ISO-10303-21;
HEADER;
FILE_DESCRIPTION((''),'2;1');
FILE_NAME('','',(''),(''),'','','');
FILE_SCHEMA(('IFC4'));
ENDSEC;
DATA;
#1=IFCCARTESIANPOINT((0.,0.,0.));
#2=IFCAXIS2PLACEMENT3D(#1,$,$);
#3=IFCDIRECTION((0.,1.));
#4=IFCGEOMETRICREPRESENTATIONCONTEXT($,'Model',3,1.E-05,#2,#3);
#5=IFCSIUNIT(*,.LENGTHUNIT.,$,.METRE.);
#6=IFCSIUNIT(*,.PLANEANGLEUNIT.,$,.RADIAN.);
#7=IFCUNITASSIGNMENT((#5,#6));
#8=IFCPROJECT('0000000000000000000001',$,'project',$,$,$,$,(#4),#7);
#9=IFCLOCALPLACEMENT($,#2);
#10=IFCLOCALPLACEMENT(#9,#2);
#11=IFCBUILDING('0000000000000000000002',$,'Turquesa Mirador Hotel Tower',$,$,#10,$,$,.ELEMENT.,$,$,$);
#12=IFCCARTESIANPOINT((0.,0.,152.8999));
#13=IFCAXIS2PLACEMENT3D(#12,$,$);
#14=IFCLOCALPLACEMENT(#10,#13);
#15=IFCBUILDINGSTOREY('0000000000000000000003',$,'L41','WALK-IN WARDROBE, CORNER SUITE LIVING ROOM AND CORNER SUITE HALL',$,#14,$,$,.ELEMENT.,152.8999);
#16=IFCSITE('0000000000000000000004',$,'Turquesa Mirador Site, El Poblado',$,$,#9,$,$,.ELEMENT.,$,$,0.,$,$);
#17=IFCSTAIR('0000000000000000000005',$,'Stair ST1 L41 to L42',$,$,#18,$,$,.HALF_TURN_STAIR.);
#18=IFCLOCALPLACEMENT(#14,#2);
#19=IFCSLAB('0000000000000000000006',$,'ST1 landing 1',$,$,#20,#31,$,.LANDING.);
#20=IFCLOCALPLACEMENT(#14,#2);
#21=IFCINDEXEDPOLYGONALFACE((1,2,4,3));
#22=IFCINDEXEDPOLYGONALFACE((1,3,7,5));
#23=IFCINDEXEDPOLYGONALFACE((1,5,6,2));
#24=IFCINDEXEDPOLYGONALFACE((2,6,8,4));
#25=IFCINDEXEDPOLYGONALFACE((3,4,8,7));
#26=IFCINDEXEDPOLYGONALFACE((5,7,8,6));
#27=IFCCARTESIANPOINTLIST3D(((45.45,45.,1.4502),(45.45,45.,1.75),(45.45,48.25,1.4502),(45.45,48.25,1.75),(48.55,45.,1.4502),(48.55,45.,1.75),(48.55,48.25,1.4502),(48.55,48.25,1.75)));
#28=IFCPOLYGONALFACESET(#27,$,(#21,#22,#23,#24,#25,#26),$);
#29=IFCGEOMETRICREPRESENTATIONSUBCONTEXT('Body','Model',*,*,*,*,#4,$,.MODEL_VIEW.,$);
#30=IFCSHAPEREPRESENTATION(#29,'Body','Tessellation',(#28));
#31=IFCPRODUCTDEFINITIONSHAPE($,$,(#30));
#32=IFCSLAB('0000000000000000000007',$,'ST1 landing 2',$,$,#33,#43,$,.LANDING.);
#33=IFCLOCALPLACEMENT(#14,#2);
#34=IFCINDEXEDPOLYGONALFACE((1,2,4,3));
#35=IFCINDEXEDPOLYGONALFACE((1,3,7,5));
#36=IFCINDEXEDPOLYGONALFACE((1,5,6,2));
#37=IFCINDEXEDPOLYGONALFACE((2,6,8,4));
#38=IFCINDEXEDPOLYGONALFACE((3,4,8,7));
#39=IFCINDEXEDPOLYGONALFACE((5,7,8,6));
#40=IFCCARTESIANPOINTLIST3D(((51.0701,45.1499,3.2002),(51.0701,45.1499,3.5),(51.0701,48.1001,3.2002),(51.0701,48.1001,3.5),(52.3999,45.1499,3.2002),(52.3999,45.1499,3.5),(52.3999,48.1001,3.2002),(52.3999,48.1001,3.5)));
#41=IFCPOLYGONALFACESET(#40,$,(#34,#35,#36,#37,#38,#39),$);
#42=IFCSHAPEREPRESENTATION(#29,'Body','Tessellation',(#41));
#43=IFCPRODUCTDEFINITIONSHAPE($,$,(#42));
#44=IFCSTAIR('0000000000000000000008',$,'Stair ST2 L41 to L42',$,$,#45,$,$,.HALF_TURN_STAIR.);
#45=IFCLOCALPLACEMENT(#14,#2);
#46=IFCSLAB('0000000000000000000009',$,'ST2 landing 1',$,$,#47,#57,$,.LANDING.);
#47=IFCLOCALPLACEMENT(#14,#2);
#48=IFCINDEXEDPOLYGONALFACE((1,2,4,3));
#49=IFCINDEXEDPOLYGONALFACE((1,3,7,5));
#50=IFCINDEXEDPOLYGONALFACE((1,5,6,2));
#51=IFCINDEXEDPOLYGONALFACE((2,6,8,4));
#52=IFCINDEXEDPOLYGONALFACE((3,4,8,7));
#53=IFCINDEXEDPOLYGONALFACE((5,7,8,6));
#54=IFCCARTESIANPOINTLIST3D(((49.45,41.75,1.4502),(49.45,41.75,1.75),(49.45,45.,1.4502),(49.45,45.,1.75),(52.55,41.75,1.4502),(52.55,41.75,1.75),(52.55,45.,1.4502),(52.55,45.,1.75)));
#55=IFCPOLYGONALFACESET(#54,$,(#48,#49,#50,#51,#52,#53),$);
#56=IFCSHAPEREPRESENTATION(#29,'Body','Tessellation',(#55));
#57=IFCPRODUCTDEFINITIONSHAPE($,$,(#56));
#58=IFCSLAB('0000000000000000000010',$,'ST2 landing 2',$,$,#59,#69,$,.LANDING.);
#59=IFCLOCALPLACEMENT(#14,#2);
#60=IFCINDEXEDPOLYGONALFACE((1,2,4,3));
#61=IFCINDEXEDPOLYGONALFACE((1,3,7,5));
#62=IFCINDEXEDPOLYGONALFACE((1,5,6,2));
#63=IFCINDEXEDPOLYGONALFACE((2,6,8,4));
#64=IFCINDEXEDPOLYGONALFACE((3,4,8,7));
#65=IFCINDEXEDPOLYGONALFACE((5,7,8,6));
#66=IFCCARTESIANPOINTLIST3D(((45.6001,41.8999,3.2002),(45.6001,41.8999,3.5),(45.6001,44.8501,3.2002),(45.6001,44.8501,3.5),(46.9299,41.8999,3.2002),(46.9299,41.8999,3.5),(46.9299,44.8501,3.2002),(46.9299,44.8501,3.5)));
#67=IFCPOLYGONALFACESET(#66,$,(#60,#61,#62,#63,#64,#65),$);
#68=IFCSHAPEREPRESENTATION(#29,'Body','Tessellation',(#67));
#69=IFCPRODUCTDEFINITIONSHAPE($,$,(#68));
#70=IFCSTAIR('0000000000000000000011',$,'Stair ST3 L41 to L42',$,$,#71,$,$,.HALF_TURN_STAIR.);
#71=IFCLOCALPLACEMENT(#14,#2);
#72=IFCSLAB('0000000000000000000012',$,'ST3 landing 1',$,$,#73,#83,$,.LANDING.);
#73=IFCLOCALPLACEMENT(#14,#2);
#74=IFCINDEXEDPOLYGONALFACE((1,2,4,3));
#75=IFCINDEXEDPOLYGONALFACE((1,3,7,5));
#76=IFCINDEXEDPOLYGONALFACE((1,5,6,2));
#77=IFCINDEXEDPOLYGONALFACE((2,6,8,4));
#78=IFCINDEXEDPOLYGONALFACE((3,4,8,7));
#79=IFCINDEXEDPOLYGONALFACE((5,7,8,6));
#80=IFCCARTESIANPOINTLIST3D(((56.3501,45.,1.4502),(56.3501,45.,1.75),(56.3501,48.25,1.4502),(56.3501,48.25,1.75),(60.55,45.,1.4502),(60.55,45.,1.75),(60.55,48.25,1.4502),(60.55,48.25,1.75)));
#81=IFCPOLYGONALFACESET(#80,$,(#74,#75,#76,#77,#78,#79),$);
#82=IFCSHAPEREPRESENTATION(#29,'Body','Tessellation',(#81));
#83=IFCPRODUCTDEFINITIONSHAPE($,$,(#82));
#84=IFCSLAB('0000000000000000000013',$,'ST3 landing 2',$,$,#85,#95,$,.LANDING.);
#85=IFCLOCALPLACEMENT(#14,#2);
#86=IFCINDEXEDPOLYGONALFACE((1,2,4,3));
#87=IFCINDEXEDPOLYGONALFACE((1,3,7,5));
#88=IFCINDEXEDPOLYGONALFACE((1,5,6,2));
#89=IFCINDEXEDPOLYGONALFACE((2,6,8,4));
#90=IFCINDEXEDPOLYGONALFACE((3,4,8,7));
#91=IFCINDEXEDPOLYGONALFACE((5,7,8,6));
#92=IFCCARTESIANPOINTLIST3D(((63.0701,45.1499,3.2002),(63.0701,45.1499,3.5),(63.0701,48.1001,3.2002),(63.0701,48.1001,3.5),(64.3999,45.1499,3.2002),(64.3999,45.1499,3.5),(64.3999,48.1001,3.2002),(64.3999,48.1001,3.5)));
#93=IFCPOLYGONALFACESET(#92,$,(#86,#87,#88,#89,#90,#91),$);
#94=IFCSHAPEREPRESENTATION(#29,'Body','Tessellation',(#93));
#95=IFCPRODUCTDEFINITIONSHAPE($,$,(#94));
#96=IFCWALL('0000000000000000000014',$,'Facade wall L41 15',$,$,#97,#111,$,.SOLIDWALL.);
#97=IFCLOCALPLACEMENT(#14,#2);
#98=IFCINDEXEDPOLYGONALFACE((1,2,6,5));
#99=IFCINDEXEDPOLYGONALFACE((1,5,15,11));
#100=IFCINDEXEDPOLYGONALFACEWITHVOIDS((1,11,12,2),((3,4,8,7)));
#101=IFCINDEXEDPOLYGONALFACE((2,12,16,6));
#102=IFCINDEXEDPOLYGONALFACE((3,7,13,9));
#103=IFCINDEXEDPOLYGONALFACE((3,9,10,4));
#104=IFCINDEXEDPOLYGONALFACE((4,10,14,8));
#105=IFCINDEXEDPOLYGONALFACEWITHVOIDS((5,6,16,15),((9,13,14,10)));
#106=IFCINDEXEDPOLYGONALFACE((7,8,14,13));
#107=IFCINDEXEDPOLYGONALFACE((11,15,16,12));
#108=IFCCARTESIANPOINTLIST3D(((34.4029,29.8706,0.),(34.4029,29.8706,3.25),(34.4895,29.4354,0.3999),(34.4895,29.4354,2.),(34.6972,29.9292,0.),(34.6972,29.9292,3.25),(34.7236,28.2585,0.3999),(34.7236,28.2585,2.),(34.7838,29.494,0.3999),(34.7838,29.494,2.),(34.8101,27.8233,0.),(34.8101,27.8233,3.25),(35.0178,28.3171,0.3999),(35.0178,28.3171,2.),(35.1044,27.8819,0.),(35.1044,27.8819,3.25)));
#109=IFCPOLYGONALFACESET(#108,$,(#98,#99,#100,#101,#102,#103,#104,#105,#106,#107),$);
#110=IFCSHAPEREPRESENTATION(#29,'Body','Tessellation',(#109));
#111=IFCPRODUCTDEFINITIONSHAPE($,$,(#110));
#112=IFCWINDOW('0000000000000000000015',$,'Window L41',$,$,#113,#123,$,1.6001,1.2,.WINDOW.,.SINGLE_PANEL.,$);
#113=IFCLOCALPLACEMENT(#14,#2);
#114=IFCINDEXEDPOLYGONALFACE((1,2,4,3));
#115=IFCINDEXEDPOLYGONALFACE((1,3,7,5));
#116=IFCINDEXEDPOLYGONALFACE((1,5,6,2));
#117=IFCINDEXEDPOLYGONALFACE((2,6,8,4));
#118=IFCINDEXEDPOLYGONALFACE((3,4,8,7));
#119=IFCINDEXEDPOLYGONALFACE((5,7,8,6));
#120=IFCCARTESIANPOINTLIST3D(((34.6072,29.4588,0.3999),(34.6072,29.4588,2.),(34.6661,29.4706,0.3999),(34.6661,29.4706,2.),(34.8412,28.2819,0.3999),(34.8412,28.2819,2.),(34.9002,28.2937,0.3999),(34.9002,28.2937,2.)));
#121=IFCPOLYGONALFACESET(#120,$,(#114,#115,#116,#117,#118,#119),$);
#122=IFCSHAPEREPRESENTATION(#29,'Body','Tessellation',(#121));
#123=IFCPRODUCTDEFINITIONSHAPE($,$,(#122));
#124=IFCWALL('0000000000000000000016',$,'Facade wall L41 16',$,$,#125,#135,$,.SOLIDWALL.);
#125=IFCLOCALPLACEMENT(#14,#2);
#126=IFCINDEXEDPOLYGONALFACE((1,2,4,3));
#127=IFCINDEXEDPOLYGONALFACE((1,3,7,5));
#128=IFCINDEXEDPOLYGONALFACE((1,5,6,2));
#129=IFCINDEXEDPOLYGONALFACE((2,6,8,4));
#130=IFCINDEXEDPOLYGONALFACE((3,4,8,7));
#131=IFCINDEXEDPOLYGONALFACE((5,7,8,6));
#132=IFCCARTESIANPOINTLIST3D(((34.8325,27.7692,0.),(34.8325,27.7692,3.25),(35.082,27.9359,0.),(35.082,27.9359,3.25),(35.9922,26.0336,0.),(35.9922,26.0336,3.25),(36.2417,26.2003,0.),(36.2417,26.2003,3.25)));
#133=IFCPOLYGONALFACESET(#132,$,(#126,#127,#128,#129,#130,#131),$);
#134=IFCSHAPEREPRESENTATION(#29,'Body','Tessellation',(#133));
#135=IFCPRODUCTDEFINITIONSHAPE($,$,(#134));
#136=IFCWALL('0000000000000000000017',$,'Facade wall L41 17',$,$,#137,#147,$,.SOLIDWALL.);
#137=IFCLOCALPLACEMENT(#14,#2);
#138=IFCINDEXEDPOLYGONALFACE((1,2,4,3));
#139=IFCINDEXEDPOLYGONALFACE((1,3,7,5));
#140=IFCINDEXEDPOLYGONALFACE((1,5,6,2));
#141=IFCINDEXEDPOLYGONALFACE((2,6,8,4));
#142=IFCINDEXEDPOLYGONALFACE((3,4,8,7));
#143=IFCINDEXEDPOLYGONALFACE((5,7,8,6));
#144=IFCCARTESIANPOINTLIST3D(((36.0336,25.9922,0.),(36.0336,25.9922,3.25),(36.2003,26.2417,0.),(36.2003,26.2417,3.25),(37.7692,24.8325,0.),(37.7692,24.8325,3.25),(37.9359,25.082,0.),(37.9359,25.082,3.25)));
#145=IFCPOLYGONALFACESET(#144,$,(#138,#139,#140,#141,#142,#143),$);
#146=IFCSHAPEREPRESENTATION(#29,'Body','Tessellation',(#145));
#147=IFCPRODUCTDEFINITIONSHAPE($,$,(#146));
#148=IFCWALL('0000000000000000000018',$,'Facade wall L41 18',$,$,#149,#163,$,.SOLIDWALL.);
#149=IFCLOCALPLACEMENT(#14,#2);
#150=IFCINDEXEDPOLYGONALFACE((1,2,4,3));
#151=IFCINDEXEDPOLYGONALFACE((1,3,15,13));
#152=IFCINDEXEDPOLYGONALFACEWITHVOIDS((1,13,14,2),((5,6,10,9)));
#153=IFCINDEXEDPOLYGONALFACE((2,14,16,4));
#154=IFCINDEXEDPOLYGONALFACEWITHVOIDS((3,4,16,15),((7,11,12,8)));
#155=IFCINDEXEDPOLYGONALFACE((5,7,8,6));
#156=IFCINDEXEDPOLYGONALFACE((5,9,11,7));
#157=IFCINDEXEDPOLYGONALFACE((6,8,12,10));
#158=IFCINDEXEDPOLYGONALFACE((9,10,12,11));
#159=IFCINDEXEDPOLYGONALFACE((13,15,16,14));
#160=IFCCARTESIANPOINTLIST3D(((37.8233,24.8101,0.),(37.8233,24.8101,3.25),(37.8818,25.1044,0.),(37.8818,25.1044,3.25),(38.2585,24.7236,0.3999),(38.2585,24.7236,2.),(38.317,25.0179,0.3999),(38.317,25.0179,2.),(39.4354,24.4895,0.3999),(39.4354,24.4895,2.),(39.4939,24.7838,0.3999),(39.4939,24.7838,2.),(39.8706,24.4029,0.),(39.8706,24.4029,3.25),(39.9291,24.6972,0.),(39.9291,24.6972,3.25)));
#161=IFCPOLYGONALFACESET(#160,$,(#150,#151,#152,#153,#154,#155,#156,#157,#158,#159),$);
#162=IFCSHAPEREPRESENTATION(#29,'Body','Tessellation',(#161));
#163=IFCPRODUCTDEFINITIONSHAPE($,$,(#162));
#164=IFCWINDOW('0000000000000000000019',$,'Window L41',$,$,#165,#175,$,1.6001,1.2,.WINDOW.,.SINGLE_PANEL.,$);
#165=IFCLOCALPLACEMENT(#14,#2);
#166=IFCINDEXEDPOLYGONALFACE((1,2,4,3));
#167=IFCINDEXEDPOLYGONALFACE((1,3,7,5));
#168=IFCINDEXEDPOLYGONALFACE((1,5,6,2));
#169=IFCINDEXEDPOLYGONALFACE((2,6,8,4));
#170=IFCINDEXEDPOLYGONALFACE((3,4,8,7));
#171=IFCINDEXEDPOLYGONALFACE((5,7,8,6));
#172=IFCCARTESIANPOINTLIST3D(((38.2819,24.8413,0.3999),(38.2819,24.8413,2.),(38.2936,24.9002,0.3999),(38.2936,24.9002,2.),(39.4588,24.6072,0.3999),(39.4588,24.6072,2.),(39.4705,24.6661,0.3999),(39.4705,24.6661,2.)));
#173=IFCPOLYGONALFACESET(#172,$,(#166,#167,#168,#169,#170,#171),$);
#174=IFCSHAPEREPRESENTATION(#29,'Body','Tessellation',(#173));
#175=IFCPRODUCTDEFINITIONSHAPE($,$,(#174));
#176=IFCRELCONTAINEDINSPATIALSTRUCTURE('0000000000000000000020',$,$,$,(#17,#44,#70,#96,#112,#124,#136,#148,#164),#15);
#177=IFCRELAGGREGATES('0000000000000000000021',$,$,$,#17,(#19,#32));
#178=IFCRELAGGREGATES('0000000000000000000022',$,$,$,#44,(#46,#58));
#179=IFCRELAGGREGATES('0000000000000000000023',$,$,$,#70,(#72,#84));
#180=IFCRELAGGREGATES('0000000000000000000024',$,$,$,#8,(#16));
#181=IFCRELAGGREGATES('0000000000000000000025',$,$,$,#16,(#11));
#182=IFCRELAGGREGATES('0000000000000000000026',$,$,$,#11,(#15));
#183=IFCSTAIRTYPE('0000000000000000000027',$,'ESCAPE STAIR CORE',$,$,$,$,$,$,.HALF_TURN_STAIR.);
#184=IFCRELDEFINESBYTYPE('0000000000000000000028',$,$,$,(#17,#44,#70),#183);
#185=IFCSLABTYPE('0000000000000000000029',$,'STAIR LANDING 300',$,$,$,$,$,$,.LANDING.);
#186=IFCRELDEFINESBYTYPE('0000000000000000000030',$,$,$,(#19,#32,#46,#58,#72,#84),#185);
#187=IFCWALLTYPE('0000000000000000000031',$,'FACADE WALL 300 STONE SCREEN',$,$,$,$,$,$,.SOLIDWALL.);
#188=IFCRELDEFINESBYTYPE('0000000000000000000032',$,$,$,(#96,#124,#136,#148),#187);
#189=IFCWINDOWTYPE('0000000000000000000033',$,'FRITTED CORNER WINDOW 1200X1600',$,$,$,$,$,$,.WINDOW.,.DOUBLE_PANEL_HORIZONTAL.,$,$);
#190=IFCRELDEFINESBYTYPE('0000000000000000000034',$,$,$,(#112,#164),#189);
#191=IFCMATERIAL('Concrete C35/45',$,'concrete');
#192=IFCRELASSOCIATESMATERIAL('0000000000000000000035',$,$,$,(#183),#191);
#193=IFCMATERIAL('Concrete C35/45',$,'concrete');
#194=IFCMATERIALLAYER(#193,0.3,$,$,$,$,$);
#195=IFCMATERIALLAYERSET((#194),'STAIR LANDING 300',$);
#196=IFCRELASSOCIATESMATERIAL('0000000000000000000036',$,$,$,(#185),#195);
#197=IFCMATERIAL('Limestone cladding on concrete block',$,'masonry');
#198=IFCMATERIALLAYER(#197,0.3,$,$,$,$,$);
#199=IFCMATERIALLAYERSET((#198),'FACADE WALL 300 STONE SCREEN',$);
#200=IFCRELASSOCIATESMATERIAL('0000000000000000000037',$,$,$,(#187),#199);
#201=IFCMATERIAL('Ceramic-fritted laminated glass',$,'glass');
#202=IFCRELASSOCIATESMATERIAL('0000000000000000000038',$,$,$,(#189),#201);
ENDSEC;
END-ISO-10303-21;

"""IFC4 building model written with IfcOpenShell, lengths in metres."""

from ifc_helpers import new_model, si_unit, direction, frame, frame_2d, origin, place, context, subcontext, project, spatial, polyline, rectangle, outline, extrude, material, layer, layer_set, type_object, element, fill, aggregate, save


model = new_model("IFC4")

# Units and contexts
model_context = context("Model", 3, precision=1e-05, world=origin(), true_north=direction((0.0, 1.0)))
body_context = subcontext(model_context, "Body", "Model", "MODEL_VIEW")
ifc_project = project(units=[si_unit("LENGTHUNIT", "METRE"), si_unit("PLANEANGLEUNIT", "RADIAN")], contexts=[model_context])

# Site, building, storey
site_placement = place(None, origin())
site = spatial("IfcSite", under=ifc_project, at=site_placement, Name="Turquesa Mirador Site, El Poblado", CompositionType="ELEMENT", RefElevation=0.0)
building_placement = place(site_placement, origin())
building = spatial("IfcBuilding", under=site, at=building_placement, Name="Turquesa Mirador Hotel Tower", CompositionType="ELEMENT")
storey_placement = place(building_placement, frame((0.0, 0.0, 152.8999)))
storey = spatial("IfcBuildingStorey", under=building, at=storey_placement, Name="L41", Description="WALK-IN WARDROBE, CORNER SUITE LIVING ROOM AND CORNER SUITE HALL", CompositionType="ELEMENT", Elevation=152.8999)

# Stairs, slabs
ifc_material_1 = material(Name="Concrete C35/45", Category="concrete")
stair_type = type_object("IfcStairType", Name="ESCAPE STAIR CORE", PredefinedType="HALF_TURN_STAIR", material=ifc_material_1)
stair_1_placement = place(storey_placement, origin())
stair_1 = element("IfcStair", 1, at=stair_1_placement, inside=storey, type_object=stair_type, Name="Stair ST1 L41 to L42", PredefinedType="HALF_TURN_STAIR")
ifc_material_2 = material(Name="Concrete C35/45", Category="concrete")
ifc_layer_1 = layer(ifc_material_2, 0.3)
ifc_layer_set_1 = layer_set([ifc_layer_1], Name="STAIR LANDING 300")
slab_type_1 = type_object("IfcSlabType", Name="STAIR LANDING 300", PredefinedType="LANDING", material=ifc_layer_set_1)
slab_1_placement = place(storey_placement, frame((0.0, 0.0, 1.4502)))
slab_1 = element("IfcSlab", 2, at=slab_1_placement, type_object=slab_type_1, Name="ST1 landing 1", PredefinedType="LANDING", context=body_context, shape_type="SweptSolid", body=[
    extrude(outline(polyline([(45.45, 45.0), (48.55, 45.0), (48.55, 48.25), (45.45, 48.25), (45.45, 45.0)])), origin(), (0.0, 0.0, 1.0), 0.2998),
])
slab_2_placement = place(storey_placement, frame((0.0, 0.0, 3.2002)))
slab_2 = element("IfcSlab", 3, at=slab_2_placement, type_object=slab_type_1, Name="ST1 landing 2", PredefinedType="LANDING", context=body_context, shape_type="SweptSolid", body=[
    extrude(outline(polyline([(51.0701, 45.1499), (52.3999, 45.1499), (52.3999, 48.1001), (51.0701, 48.1001), (51.0701, 45.1499)])), origin(), (0.0, 0.0, 1.0), 0.2998),
])
aggregate(stair_1, [slab_1, slab_2])
stair_2_placement = place(storey_placement, origin())
stair_2 = element("IfcStair", 4, at=stair_2_placement, inside=storey, type_object=stair_type, Name="Stair ST2 L41 to L42", PredefinedType="HALF_TURN_STAIR")
slab_3_placement = place(storey_placement, frame((0.0, 0.0, 1.4502)))
slab_3 = element("IfcSlab", 5, at=slab_3_placement, type_object=slab_type_1, Name="ST2 landing 1", PredefinedType="LANDING", context=body_context, shape_type="SweptSolid", body=[
    extrude(outline(polyline([(52.55, 45.0), (49.45, 45.0), (49.45, 41.75), (52.55, 41.75), (52.55, 45.0)])), origin(), (0.0, 0.0, 1.0), 0.2998),
])
slab_4_placement = place(storey_placement, frame((0.0, 0.0, 3.2002)))
slab_4 = element("IfcSlab", 6, at=slab_4_placement, type_object=slab_type_1, Name="ST2 landing 2", PredefinedType="LANDING", context=body_context, shape_type="SweptSolid", body=[
    extrude(outline(polyline([(46.9299, 44.8501), (45.6001, 44.8501), (45.6001, 41.8999), (46.9299, 41.8999), (46.9299, 44.8501)])), origin(), (0.0, 0.0, 1.0), 0.2998),
])
aggregate(stair_2, [slab_3, slab_4])
stair_3_placement = place(storey_placement, origin())
stair_3 = element("IfcStair", 7, at=stair_3_placement, inside=storey, type_object=stair_type, Name="Stair ST3 L41 to L42", PredefinedType="HALF_TURN_STAIR")
slab_5_placement = place(storey_placement, frame((0.0, 0.0, 1.4502)))
slab_5 = element("IfcSlab", 8, at=slab_5_placement, type_object=slab_type_1, Name="ST3 landing 1", PredefinedType="LANDING", context=body_context, shape_type="SweptSolid", body=[
    extrude(outline(polyline([(56.3501, 45.0), (60.55, 45.0), (60.55, 48.25), (56.3501, 48.25), (56.3501, 45.0)])), origin(), (0.0, 0.0, 1.0), 0.2998),
])
slab_6_placement = place(storey_placement, frame((0.0, 0.0, 3.2002)))
slab_6 = element("IfcSlab", 9, at=slab_6_placement, type_object=slab_type_1, Name="ST3 landing 2", PredefinedType="LANDING", context=body_context, shape_type="SweptSolid", body=[
    extrude(outline(polyline([(63.0701, 45.1499), (64.3999, 45.1499), (64.3999, 48.1001), (63.0701, 48.1001), (63.0701, 45.1499)])), origin(), (0.0, 0.0, 1.0), 0.2998),
])
aggregate(stair_3, [slab_5, slab_6])

# Wall, opening, window
ifc_material_3 = material(Name="Limestone cladding on concrete block", Category="masonry")
ifc_layer_2 = layer(ifc_material_3, 0.3)
ifc_layer_set_2 = layer_set([ifc_layer_2], Name="FACADE WALL 300 STONE SCREEN")
wall_type = type_object("IfcWallType", Name="FACADE WALL 300 STONE SCREEN", PredefinedType="SOLIDWALL", material=ifc_layer_set_2)
wall_1_placement = place(storey_placement, frame((34.55, 29.8999, 0.0), z_axis=(0.0, 0.0, 1.0), x_axis=(0.195081, -0.980787, 0.0)))
wall_1 = element("IfcWall", 10, at=wall_1_placement, inside=storey, type_object=wall_type, Name="Facade wall L41 15", PredefinedType="SOLIDWALL", context=body_context, shape_type="SweptSolid", body=[
    extrude(rectangle(XDim=2.0874, YDim=0.3, at=frame_2d((1.0437, 0.0))), origin(), (0.0, 0.0, 1.0), 3.25),
])
opening_1_placement = place(wall_1_placement, frame((0.4436, 0.0, 0.3999)))
opening_1 = element("IfcOpeningElement", 11, at=opening_1_placement, cuts=wall_1, PredefinedType="OPENING", context=body_context, shape_type="SweptSolid", body=[
    extrude(rectangle(XDim=1.2, YDim=1.6001, at=frame_2d((0.6001, 0.8))), frame((0.0, 0.1599, 0.0), z_axis=(0.0, -1.0, 0.0), x_axis=(1.0, 0.0, 0.0)), (0.0, 0.0, 1.0), 0.3201),
])
ifc_material_4 = material(Name="Ceramic-fritted laminated glass", Category="glass")
window_type_1 = type_object("IfcWindowType", Name="FRITTED CORNER WINDOW 1200X1600", PartitioningType="DOUBLE_PANEL_HORIZONTAL", PredefinedType="WINDOW", material=ifc_material_4)
window_1_placement = place(opening_1_placement, origin())
window_1 = element("IfcWindow", 12, at=window_1_placement, inside=storey, type_object=window_type_1, Name="Window L41", OverallHeight=1.6001, OverallWidth=1.2, PartitioningType="SINGLE_PANEL", PredefinedType="WINDOW", context=body_context, shape_type="SweptSolid", body=[
    extrude(rectangle(XDim=1.2, YDim=1.6001, at=frame_2d((0.6001, 0.8))), frame((0.0, 0.03, 0.0), z_axis=(0.0, -1.0, 0.0), x_axis=(1.0, 0.0, 0.0)), (0.0, 0.0, 1.0), 0.0601),
])
fill(opening_1, window_1)

# Walls
for number, where, z_axis, x_axis, name in (
    (13, (34.9573, 27.8525, 0.0), (0.0, 0.0, 1.0), (0.555564, -0.831474, 0.0), "Facade wall L41 16"),
    (14, (36.1169, 26.1169, 0.0), (0.0, 0.0, 1.0), (0.831474, -0.555564, 0.0), "Facade wall L41 17"),
):
    element("IfcWall", number, at=place(storey_placement, frame(where, z_axis=z_axis, x_axis=x_axis)), inside=storey, type_object=wall_type, Name=name, PredefinedType="SOLIDWALL", context=body_context, shape_type="SweptSolid", body=[
        extrude(rectangle(XDim=2.0874, YDim=0.3, at=frame_2d((1.0437, 0.0))), origin(), (0.0, 0.0, 1.0), 3.25),
    ])

# Wall, opening, window
wall_2_placement = place(storey_placement, frame((37.8525, 24.9573, 0.0), z_axis=(0.0, 0.0, 1.0), x_axis=(0.980787, -0.195081, 0.0)))
wall_2 = element("IfcWall", 15, at=wall_2_placement, inside=storey, type_object=wall_type, Name="Facade wall L41 18", PredefinedType="SOLIDWALL", context=body_context, shape_type="SweptSolid", body=[
    extrude(rectangle(XDim=2.0874, YDim=0.3, at=frame_2d((1.0437, 0.0))), origin(), (0.0, 0.0, 1.0), 3.25),
])
opening_2_placement = place(wall_2_placement, frame((0.4436, 0.0, 0.3999)))
opening_2 = element("IfcOpeningElement", 16, at=opening_2_placement, cuts=wall_2, PredefinedType="OPENING", context=body_context, shape_type="SweptSolid", body=[
    extrude(rectangle(XDim=1.2, YDim=1.6001, at=frame_2d((0.6001, 0.8))), frame((0.0, 0.1599, 0.0), z_axis=(0.0, -1.0, 0.0), x_axis=(1.0, 0.0, 0.0)), (0.0, 0.0, 1.0), 0.3201),
])
window_2_placement = place(opening_2_placement, origin())
window_2 = element("IfcWindow", 17, at=window_2_placement, inside=storey, type_object=window_type_1, Name="Window L41", OverallHeight=1.6001, OverallWidth=1.2, PartitioningType="SINGLE_PANEL", PredefinedType="WINDOW", context=body_context, shape_type="SweptSolid", body=[
    extrude(rectangle(XDim=1.2, YDim=1.6001, at=frame_2d((0.6001, 0.8))), frame((0.0, 0.03, 0.0), z_axis=(0.0, -1.0, 0.0), x_axis=(1.0, 0.0, 0.0)), (0.0, 0.0, 1.0), 0.0601),
])
fill(opening_2, window_2)

save(model, "model.ifc")
